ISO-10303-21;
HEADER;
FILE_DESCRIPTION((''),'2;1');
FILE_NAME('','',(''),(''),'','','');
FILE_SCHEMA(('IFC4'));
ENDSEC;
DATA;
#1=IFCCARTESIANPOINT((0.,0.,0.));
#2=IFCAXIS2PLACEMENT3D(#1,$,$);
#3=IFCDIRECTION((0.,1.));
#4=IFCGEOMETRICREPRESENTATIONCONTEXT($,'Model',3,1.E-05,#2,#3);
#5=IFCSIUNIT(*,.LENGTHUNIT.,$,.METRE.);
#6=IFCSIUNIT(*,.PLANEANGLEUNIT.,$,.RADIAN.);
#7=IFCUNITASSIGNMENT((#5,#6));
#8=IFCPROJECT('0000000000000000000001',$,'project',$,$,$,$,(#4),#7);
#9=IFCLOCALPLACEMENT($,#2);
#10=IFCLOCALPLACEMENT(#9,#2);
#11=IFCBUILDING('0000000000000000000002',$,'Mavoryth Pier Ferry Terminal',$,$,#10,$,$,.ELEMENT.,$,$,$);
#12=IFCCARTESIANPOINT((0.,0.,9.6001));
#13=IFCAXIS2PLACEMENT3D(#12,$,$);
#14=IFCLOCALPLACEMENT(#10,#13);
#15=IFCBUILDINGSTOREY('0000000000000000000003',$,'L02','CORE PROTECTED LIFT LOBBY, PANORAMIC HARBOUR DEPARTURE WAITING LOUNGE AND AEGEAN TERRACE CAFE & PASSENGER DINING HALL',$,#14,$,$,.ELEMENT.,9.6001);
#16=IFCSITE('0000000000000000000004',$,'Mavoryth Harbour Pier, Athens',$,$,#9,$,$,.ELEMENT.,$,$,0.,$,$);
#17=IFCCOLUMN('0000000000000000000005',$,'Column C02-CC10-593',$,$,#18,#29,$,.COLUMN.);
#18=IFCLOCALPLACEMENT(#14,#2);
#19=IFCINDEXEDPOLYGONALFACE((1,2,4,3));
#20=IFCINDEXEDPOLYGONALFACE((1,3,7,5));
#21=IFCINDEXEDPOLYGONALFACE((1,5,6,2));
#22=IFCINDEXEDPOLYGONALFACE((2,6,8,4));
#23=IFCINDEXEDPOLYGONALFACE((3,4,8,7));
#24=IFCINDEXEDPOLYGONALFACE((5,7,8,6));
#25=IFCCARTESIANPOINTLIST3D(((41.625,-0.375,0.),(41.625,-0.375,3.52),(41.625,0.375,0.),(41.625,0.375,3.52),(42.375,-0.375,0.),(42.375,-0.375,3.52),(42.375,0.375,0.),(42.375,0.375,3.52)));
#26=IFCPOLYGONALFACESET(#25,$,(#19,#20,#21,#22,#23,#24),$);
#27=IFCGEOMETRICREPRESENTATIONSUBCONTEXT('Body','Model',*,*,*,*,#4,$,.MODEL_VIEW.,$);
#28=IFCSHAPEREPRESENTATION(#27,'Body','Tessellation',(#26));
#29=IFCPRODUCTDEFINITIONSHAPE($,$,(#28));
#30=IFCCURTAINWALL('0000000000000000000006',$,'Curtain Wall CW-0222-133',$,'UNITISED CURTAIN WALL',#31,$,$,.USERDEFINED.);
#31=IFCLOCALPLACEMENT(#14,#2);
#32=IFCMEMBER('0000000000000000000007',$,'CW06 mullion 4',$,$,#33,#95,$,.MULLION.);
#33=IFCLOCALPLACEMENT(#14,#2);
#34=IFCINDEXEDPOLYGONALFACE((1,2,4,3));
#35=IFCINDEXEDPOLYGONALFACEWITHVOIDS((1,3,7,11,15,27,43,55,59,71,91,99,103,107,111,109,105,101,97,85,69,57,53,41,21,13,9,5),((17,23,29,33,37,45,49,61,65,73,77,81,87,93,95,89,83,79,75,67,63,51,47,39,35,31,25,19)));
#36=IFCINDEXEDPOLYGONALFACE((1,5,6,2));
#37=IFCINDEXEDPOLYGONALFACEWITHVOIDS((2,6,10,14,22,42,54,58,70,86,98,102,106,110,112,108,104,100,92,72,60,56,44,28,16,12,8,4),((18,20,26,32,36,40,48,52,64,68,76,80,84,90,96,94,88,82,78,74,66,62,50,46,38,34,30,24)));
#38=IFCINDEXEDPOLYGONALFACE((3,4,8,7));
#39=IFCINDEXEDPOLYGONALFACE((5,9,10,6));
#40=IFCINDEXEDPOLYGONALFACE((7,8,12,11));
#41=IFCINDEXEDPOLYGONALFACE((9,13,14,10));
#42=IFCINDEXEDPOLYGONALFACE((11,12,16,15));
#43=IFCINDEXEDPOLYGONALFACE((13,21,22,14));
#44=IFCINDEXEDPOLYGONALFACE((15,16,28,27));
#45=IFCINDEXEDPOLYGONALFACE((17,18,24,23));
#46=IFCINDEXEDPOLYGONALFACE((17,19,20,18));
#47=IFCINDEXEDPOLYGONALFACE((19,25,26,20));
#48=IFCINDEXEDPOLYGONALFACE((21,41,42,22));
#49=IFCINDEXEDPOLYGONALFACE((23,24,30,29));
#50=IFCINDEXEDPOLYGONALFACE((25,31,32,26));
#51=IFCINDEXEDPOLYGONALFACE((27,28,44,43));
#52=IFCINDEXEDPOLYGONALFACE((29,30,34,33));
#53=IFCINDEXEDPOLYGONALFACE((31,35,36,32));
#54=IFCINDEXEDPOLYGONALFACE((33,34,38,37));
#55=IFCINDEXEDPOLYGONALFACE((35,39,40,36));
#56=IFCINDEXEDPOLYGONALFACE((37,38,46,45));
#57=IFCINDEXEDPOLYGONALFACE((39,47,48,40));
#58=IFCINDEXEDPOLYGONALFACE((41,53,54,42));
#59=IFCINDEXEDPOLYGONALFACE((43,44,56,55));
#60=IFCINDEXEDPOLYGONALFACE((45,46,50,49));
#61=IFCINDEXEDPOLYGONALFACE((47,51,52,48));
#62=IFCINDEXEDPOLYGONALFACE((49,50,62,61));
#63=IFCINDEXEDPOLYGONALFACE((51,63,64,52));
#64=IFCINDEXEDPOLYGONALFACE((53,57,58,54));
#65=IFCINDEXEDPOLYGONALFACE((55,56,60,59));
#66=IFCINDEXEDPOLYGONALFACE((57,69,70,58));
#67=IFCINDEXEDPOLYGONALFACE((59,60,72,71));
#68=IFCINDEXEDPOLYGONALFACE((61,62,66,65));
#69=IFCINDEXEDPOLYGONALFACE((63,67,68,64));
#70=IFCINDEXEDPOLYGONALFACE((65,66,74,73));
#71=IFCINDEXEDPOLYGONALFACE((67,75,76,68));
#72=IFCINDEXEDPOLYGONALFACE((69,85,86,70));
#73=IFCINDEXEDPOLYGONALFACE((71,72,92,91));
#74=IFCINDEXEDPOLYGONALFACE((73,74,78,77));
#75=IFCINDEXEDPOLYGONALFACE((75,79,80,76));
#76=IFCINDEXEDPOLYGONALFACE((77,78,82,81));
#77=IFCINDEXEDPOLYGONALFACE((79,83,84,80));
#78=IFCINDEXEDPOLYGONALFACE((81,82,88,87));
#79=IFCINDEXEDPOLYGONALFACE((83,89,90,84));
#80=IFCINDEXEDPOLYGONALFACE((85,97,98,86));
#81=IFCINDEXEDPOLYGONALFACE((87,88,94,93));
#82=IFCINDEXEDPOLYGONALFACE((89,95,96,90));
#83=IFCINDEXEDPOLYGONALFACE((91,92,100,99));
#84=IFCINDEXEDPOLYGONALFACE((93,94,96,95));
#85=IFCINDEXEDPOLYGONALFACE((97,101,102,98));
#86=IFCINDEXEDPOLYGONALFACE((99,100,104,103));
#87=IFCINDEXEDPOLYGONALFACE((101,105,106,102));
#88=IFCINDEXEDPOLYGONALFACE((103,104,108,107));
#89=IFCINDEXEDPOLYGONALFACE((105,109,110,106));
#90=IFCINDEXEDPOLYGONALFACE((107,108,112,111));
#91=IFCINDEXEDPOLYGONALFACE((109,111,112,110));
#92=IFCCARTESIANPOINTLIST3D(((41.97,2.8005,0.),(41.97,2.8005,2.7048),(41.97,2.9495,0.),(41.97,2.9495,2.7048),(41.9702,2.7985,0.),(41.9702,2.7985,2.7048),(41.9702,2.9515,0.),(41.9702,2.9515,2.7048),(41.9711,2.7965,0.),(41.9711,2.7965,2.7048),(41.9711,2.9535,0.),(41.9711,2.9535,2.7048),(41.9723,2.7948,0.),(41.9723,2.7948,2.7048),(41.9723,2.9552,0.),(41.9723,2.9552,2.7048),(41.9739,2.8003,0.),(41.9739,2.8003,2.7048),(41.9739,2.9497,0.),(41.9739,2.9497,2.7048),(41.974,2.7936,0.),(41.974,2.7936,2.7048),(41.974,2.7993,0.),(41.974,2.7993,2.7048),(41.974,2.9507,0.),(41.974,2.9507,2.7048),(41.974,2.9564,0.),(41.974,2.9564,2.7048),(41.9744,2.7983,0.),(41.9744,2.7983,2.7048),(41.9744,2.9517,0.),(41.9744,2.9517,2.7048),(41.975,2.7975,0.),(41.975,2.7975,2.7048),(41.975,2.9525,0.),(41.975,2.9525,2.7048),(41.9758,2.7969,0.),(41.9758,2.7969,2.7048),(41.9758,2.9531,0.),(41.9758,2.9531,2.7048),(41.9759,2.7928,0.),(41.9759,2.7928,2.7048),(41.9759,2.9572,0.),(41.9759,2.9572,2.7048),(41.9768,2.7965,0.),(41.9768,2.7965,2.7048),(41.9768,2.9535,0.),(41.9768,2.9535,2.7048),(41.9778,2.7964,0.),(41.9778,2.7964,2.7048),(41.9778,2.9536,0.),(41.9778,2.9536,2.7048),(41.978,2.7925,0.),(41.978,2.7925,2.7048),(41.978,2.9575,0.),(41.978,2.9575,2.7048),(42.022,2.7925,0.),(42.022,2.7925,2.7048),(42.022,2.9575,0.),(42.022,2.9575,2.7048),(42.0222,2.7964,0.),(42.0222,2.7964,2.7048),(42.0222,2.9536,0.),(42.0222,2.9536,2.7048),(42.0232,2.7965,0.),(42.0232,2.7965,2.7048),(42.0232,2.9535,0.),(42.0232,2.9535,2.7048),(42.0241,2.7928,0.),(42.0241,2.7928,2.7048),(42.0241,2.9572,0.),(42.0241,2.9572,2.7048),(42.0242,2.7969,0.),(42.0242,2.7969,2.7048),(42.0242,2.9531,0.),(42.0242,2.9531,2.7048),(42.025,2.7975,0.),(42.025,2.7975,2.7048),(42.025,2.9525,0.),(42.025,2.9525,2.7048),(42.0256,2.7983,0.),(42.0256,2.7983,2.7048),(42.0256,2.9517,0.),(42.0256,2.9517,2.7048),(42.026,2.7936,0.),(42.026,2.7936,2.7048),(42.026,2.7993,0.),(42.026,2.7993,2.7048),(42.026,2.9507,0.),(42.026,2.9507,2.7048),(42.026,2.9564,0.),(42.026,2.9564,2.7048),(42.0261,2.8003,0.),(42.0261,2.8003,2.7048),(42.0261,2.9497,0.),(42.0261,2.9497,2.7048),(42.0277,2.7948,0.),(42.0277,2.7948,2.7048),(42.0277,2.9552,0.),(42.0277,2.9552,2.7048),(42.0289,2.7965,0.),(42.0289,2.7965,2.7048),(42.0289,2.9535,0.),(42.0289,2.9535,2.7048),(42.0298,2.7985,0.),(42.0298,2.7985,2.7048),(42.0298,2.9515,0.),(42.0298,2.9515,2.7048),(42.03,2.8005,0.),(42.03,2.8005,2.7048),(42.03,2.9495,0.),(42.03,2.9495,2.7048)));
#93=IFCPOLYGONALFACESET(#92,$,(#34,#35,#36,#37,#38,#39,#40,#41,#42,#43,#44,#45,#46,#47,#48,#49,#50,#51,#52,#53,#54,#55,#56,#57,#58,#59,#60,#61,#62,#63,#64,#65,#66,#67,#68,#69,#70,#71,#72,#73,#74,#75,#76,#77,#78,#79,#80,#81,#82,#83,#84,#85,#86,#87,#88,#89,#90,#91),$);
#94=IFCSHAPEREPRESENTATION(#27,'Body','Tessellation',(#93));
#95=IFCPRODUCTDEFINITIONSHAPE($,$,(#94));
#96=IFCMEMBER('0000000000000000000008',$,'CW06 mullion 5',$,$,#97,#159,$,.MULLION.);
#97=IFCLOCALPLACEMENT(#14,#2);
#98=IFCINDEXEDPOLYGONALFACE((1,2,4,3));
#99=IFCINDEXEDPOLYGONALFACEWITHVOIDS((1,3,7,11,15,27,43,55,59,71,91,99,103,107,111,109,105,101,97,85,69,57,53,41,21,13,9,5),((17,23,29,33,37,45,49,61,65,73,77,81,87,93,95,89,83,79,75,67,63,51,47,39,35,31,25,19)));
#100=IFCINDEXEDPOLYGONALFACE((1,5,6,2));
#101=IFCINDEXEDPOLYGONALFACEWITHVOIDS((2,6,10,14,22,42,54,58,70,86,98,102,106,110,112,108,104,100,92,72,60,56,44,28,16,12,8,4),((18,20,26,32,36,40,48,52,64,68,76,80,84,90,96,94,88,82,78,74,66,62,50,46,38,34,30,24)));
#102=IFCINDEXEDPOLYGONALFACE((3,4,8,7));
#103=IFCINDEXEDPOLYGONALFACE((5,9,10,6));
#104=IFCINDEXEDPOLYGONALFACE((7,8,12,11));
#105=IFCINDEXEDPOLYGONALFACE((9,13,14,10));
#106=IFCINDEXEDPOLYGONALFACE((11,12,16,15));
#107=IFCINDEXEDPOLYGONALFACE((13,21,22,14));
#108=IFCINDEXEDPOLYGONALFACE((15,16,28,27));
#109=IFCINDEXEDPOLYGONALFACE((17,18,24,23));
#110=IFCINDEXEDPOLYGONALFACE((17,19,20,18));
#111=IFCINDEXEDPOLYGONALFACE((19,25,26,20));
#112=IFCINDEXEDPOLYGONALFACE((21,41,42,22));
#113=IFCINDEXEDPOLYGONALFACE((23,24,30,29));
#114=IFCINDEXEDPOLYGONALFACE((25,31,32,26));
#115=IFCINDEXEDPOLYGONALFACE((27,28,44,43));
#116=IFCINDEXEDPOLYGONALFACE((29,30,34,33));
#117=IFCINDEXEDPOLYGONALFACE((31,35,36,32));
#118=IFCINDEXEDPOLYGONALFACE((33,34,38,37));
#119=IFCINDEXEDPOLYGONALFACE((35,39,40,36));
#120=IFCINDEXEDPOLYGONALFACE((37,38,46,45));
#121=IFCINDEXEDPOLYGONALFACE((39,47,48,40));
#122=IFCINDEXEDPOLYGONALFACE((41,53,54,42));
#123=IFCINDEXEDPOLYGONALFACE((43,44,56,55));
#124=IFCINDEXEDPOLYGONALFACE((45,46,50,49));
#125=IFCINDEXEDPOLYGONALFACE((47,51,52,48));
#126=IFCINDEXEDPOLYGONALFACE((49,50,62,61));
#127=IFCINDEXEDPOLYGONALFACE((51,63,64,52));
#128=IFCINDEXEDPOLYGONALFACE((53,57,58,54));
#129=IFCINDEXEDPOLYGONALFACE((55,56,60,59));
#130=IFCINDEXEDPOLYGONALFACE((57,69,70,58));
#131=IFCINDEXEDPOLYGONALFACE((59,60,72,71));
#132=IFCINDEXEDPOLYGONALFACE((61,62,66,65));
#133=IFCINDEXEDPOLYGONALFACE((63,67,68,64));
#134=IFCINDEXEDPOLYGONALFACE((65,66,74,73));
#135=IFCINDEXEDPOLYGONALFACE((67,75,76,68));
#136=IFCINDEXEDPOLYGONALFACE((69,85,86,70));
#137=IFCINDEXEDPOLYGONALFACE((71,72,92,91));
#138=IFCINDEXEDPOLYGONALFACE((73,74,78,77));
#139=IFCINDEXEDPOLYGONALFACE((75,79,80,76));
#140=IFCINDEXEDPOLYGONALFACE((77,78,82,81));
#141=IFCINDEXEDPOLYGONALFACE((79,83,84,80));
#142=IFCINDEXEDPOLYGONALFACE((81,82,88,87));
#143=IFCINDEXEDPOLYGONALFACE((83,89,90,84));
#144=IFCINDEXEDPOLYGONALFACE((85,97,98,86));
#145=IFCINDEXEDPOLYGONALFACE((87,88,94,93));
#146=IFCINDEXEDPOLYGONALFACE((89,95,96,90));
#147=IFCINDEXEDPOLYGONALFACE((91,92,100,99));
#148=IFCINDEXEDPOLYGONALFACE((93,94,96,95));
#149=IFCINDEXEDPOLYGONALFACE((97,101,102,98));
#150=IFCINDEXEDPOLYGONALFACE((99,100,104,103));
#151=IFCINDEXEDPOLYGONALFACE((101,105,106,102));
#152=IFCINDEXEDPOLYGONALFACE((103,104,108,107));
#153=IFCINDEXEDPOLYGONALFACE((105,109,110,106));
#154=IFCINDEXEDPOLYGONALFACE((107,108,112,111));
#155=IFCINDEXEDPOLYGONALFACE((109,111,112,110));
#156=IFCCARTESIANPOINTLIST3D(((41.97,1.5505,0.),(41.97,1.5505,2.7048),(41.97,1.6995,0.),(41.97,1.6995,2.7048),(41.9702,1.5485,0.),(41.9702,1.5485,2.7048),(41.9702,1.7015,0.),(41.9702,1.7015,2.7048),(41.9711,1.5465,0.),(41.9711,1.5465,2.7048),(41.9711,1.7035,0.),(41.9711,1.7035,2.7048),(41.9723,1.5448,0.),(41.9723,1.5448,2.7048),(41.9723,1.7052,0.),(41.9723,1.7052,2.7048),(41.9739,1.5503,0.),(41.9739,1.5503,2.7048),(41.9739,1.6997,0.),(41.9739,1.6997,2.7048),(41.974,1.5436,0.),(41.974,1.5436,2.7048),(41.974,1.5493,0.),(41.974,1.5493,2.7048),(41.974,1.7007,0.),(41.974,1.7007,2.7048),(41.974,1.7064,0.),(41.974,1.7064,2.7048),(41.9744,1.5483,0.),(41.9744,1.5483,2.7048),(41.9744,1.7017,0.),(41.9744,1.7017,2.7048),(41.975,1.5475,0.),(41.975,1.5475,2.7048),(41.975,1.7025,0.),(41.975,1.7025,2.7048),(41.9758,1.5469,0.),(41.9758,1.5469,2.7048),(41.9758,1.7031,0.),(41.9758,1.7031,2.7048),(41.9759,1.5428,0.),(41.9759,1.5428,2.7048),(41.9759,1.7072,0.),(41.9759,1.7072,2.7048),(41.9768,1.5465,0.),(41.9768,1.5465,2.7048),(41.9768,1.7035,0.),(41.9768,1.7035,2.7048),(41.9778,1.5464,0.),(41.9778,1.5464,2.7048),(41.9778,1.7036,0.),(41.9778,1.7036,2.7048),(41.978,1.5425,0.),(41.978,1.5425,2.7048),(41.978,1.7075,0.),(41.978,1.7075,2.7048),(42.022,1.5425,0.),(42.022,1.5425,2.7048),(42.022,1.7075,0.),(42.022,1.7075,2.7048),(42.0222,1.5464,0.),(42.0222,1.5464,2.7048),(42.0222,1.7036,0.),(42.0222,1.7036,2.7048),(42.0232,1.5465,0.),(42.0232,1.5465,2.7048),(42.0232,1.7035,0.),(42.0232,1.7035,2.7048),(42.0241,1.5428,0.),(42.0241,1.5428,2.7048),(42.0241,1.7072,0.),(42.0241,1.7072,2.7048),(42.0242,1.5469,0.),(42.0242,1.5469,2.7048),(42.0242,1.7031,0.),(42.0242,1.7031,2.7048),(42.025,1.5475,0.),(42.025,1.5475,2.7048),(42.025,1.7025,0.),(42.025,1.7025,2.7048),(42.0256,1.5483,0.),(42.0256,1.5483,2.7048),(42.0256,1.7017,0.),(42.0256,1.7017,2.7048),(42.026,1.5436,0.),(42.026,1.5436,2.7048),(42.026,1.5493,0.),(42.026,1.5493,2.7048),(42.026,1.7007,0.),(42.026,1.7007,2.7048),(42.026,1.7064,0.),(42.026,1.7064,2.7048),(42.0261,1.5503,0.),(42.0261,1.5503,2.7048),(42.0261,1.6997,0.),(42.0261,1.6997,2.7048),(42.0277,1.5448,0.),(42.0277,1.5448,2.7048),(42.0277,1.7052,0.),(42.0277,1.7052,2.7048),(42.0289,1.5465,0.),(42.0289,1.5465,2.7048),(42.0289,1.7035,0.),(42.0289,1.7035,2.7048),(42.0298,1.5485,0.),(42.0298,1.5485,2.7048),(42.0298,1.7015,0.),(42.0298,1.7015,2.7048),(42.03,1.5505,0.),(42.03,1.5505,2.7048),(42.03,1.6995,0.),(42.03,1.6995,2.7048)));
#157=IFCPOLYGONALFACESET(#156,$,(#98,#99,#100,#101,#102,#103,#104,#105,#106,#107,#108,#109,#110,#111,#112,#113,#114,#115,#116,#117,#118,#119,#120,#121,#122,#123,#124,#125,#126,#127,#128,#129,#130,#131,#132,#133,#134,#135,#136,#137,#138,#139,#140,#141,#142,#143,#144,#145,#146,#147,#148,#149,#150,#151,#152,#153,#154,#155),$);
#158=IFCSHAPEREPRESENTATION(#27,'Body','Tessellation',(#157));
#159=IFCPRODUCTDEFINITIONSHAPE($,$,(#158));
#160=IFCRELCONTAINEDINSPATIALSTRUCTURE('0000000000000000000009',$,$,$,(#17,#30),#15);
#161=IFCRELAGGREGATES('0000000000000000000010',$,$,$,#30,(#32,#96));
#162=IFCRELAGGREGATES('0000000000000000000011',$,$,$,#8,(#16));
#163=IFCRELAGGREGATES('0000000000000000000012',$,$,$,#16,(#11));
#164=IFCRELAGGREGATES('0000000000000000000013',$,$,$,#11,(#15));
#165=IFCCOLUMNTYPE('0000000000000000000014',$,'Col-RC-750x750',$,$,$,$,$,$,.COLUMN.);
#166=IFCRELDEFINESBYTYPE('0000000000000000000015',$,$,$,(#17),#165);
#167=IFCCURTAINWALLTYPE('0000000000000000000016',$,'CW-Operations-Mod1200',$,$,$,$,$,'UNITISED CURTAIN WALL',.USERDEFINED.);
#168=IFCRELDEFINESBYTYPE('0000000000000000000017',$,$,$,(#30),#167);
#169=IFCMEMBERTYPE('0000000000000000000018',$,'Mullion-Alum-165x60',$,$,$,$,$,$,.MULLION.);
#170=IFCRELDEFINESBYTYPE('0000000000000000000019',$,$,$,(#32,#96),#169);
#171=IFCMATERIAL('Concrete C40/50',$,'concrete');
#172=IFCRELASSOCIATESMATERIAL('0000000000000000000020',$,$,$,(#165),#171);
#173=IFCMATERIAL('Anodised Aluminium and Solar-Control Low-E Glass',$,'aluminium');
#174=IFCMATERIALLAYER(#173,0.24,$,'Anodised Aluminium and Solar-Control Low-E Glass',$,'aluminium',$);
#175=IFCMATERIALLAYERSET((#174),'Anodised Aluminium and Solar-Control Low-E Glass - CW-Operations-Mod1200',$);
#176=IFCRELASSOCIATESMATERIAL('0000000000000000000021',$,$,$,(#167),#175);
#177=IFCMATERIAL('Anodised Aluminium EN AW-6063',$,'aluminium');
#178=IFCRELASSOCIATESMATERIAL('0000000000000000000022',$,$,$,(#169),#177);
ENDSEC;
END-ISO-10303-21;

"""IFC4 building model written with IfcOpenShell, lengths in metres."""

from ifc_helpers import new_model, si_unit, direction, frame, origin, origin_2d, place, context, subcontext, project, spatial, rectangle, hollow_rectangle, extrude, material, layer, layer_set, material_profile, profile_set, type_object, element, aggregate, save


model = new_model("IFC4")

# Units and contexts
model_context = context("Model", 3, precision=1e-05, world=origin(), true_north=direction((0.0, 1.0)))
body_context = subcontext(model_context, "Body", "Model", "MODEL_VIEW")
ifc_project = project(units=[si_unit("LENGTHUNIT", "METRE"), si_unit("PLANEANGLEUNIT", "RADIAN")], contexts=[model_context])

# Site, building, storey
site_placement = place(None, origin())
site = spatial("IfcSite", under=ifc_project, at=site_placement, Name="Mavoryth Harbour Pier, Athens", CompositionType="ELEMENT", RefElevation=0.0)
building_placement = place(site_placement, origin())
building = spatial("IfcBuilding", under=site, at=building_placement, Name="Mavoryth Pier Ferry Terminal", CompositionType="ELEMENT")
storey_placement = place(building_placement, frame((0.0, 0.0, 9.6001)))
storey = spatial("IfcBuildingStorey", under=building, at=storey_placement, Name="L02", Description="CORE PROTECTED LIFT LOBBY, PANORAMIC HARBOUR DEPARTURE WAITING LOUNGE AND AEGEAN TERRACE CAFE & PASSENGER DINING HALL", CompositionType="ELEMENT", Elevation=9.6001)

# Column
ifc_material_1 = material(Name="Concrete C40/50", Category="concrete")
ifc_material_profile_1 = material_profile(ifc_material_1, rectangle(XDim=0.75, YDim=0.75, at=origin_2d()), Name="RC 750x750", Category="concrete")
ifc_profile_set_1 = profile_set([ifc_material_profile_1], Name="Concrete C40/50 - RC 750x750")
column_type = type_object("IfcColumnType", Name="Col-RC-750x750", PredefinedType="COLUMN", material=ifc_profile_set_1)
column_placement = place(storey_placement, frame((42.0, 0.0, 0.0), z_axis=(0.0, 0.0, 1.0), x_axis=(1.0, 0.0, 0.0)))
element("IfcColumn", 1, at=column_placement, inside=storey, type_object=column_type, Name="Column C02-CC10-593", PredefinedType="COLUMN", context=body_context, shape_type="SweptSolid", body=[
    extrude(rectangle(XDim=0.75, YDim=0.75, at=origin_2d()), origin(), (0.0, 0.0, 1.0), 3.52),
])

# Curtain wall, members
ifc_material_2 = material(Name="Anodised Aluminium and Solar-Control Low-E Glass", Category="aluminium")
ifc_layer_1 = layer(ifc_material_2, 0.24, Name="Anodised Aluminium and Solar-Control Low-E Glass", Category="aluminium")
ifc_layer_set_1 = layer_set([ifc_layer_1], Name="Anodised Aluminium and Solar-Control Low-E Glass - CW-Operations-Mod1200")
curtain_wall_type = type_object("IfcCurtainWallType", Name="CW-Operations-Mod1200", ElementType="UNITISED CURTAIN WALL", PredefinedType="USERDEFINED", material=ifc_layer_set_1)
curtain_wall_placement = place(storey_placement, origin())
curtain_wall = element("IfcCurtainWall", 2, at=curtain_wall_placement, inside=storey, type_object=curtain_wall_type, Name="Curtain Wall CW-0222-133", ObjectType="UNITISED CURTAIN WALL", PredefinedType="USERDEFINED")
ifc_material_3 = material(Name="Anodised Aluminium EN AW-6063", Category="aluminium")
ifc_material_profile_2 = material_profile(ifc_material_3, hollow_rectangle(XDim=0.0601, YDim=0.165, WallThickness=0.0039, InnerFilletRadius=0.0039, OuterFilletRadius=0.0081, at=origin_2d()), Name="AL-MULL 165x60x4", Category="aluminium")
ifc_profile_set_2 = profile_set([ifc_material_profile_2], Name="Anodised Aluminium EN AW-6063 - AL-MULL 165x60x4")
member_type_1 = type_object("IfcMemberType", Name="Mullion-Alum-165x60", PredefinedType="MULLION", material=ifc_profile_set_2)
member_1_placement = place(storey_placement, frame((42.0, 2.875, 0.0), z_axis=(0.0, 0.0, 1.0), x_axis=(1.0, 0.0, 0.0)))
member_1 = element("IfcMember", 3, at=member_1_placement, type_object=member_type_1, Name="CW06 mullion 4", PredefinedType="MULLION", context=body_context, shape_type="SweptSolid", body=[
    extrude(hollow_rectangle(XDim=0.0601, YDim=0.165, WallThickness=0.0039, InnerFilletRadius=0.0039, OuterFilletRadius=0.0081, at=origin_2d()), origin(), (0.0, 0.0, 1.0), 2.7048),
])
member_2_placement = place(storey_placement, frame((42.0, 1.625, 0.0), z_axis=(0.0, 0.0, 1.0), x_axis=(1.0, 0.0, 0.0)))
member_2 = element("IfcMember", 4, at=member_2_placement, type_object=member_type_1, Name="CW06 mullion 5", PredefinedType="MULLION", context=body_context, shape_type="SweptSolid", body=[
    extrude(hollow_rectangle(XDim=0.0601, YDim=0.165, WallThickness=0.0039, InnerFilletRadius=0.0039, OuterFilletRadius=0.0081, at=origin_2d()), origin(), (0.0, 0.0, 1.0), 2.7048),
])

aggregate(curtain_wall, [member_1, member_2])

save(model, "model.ifc")
